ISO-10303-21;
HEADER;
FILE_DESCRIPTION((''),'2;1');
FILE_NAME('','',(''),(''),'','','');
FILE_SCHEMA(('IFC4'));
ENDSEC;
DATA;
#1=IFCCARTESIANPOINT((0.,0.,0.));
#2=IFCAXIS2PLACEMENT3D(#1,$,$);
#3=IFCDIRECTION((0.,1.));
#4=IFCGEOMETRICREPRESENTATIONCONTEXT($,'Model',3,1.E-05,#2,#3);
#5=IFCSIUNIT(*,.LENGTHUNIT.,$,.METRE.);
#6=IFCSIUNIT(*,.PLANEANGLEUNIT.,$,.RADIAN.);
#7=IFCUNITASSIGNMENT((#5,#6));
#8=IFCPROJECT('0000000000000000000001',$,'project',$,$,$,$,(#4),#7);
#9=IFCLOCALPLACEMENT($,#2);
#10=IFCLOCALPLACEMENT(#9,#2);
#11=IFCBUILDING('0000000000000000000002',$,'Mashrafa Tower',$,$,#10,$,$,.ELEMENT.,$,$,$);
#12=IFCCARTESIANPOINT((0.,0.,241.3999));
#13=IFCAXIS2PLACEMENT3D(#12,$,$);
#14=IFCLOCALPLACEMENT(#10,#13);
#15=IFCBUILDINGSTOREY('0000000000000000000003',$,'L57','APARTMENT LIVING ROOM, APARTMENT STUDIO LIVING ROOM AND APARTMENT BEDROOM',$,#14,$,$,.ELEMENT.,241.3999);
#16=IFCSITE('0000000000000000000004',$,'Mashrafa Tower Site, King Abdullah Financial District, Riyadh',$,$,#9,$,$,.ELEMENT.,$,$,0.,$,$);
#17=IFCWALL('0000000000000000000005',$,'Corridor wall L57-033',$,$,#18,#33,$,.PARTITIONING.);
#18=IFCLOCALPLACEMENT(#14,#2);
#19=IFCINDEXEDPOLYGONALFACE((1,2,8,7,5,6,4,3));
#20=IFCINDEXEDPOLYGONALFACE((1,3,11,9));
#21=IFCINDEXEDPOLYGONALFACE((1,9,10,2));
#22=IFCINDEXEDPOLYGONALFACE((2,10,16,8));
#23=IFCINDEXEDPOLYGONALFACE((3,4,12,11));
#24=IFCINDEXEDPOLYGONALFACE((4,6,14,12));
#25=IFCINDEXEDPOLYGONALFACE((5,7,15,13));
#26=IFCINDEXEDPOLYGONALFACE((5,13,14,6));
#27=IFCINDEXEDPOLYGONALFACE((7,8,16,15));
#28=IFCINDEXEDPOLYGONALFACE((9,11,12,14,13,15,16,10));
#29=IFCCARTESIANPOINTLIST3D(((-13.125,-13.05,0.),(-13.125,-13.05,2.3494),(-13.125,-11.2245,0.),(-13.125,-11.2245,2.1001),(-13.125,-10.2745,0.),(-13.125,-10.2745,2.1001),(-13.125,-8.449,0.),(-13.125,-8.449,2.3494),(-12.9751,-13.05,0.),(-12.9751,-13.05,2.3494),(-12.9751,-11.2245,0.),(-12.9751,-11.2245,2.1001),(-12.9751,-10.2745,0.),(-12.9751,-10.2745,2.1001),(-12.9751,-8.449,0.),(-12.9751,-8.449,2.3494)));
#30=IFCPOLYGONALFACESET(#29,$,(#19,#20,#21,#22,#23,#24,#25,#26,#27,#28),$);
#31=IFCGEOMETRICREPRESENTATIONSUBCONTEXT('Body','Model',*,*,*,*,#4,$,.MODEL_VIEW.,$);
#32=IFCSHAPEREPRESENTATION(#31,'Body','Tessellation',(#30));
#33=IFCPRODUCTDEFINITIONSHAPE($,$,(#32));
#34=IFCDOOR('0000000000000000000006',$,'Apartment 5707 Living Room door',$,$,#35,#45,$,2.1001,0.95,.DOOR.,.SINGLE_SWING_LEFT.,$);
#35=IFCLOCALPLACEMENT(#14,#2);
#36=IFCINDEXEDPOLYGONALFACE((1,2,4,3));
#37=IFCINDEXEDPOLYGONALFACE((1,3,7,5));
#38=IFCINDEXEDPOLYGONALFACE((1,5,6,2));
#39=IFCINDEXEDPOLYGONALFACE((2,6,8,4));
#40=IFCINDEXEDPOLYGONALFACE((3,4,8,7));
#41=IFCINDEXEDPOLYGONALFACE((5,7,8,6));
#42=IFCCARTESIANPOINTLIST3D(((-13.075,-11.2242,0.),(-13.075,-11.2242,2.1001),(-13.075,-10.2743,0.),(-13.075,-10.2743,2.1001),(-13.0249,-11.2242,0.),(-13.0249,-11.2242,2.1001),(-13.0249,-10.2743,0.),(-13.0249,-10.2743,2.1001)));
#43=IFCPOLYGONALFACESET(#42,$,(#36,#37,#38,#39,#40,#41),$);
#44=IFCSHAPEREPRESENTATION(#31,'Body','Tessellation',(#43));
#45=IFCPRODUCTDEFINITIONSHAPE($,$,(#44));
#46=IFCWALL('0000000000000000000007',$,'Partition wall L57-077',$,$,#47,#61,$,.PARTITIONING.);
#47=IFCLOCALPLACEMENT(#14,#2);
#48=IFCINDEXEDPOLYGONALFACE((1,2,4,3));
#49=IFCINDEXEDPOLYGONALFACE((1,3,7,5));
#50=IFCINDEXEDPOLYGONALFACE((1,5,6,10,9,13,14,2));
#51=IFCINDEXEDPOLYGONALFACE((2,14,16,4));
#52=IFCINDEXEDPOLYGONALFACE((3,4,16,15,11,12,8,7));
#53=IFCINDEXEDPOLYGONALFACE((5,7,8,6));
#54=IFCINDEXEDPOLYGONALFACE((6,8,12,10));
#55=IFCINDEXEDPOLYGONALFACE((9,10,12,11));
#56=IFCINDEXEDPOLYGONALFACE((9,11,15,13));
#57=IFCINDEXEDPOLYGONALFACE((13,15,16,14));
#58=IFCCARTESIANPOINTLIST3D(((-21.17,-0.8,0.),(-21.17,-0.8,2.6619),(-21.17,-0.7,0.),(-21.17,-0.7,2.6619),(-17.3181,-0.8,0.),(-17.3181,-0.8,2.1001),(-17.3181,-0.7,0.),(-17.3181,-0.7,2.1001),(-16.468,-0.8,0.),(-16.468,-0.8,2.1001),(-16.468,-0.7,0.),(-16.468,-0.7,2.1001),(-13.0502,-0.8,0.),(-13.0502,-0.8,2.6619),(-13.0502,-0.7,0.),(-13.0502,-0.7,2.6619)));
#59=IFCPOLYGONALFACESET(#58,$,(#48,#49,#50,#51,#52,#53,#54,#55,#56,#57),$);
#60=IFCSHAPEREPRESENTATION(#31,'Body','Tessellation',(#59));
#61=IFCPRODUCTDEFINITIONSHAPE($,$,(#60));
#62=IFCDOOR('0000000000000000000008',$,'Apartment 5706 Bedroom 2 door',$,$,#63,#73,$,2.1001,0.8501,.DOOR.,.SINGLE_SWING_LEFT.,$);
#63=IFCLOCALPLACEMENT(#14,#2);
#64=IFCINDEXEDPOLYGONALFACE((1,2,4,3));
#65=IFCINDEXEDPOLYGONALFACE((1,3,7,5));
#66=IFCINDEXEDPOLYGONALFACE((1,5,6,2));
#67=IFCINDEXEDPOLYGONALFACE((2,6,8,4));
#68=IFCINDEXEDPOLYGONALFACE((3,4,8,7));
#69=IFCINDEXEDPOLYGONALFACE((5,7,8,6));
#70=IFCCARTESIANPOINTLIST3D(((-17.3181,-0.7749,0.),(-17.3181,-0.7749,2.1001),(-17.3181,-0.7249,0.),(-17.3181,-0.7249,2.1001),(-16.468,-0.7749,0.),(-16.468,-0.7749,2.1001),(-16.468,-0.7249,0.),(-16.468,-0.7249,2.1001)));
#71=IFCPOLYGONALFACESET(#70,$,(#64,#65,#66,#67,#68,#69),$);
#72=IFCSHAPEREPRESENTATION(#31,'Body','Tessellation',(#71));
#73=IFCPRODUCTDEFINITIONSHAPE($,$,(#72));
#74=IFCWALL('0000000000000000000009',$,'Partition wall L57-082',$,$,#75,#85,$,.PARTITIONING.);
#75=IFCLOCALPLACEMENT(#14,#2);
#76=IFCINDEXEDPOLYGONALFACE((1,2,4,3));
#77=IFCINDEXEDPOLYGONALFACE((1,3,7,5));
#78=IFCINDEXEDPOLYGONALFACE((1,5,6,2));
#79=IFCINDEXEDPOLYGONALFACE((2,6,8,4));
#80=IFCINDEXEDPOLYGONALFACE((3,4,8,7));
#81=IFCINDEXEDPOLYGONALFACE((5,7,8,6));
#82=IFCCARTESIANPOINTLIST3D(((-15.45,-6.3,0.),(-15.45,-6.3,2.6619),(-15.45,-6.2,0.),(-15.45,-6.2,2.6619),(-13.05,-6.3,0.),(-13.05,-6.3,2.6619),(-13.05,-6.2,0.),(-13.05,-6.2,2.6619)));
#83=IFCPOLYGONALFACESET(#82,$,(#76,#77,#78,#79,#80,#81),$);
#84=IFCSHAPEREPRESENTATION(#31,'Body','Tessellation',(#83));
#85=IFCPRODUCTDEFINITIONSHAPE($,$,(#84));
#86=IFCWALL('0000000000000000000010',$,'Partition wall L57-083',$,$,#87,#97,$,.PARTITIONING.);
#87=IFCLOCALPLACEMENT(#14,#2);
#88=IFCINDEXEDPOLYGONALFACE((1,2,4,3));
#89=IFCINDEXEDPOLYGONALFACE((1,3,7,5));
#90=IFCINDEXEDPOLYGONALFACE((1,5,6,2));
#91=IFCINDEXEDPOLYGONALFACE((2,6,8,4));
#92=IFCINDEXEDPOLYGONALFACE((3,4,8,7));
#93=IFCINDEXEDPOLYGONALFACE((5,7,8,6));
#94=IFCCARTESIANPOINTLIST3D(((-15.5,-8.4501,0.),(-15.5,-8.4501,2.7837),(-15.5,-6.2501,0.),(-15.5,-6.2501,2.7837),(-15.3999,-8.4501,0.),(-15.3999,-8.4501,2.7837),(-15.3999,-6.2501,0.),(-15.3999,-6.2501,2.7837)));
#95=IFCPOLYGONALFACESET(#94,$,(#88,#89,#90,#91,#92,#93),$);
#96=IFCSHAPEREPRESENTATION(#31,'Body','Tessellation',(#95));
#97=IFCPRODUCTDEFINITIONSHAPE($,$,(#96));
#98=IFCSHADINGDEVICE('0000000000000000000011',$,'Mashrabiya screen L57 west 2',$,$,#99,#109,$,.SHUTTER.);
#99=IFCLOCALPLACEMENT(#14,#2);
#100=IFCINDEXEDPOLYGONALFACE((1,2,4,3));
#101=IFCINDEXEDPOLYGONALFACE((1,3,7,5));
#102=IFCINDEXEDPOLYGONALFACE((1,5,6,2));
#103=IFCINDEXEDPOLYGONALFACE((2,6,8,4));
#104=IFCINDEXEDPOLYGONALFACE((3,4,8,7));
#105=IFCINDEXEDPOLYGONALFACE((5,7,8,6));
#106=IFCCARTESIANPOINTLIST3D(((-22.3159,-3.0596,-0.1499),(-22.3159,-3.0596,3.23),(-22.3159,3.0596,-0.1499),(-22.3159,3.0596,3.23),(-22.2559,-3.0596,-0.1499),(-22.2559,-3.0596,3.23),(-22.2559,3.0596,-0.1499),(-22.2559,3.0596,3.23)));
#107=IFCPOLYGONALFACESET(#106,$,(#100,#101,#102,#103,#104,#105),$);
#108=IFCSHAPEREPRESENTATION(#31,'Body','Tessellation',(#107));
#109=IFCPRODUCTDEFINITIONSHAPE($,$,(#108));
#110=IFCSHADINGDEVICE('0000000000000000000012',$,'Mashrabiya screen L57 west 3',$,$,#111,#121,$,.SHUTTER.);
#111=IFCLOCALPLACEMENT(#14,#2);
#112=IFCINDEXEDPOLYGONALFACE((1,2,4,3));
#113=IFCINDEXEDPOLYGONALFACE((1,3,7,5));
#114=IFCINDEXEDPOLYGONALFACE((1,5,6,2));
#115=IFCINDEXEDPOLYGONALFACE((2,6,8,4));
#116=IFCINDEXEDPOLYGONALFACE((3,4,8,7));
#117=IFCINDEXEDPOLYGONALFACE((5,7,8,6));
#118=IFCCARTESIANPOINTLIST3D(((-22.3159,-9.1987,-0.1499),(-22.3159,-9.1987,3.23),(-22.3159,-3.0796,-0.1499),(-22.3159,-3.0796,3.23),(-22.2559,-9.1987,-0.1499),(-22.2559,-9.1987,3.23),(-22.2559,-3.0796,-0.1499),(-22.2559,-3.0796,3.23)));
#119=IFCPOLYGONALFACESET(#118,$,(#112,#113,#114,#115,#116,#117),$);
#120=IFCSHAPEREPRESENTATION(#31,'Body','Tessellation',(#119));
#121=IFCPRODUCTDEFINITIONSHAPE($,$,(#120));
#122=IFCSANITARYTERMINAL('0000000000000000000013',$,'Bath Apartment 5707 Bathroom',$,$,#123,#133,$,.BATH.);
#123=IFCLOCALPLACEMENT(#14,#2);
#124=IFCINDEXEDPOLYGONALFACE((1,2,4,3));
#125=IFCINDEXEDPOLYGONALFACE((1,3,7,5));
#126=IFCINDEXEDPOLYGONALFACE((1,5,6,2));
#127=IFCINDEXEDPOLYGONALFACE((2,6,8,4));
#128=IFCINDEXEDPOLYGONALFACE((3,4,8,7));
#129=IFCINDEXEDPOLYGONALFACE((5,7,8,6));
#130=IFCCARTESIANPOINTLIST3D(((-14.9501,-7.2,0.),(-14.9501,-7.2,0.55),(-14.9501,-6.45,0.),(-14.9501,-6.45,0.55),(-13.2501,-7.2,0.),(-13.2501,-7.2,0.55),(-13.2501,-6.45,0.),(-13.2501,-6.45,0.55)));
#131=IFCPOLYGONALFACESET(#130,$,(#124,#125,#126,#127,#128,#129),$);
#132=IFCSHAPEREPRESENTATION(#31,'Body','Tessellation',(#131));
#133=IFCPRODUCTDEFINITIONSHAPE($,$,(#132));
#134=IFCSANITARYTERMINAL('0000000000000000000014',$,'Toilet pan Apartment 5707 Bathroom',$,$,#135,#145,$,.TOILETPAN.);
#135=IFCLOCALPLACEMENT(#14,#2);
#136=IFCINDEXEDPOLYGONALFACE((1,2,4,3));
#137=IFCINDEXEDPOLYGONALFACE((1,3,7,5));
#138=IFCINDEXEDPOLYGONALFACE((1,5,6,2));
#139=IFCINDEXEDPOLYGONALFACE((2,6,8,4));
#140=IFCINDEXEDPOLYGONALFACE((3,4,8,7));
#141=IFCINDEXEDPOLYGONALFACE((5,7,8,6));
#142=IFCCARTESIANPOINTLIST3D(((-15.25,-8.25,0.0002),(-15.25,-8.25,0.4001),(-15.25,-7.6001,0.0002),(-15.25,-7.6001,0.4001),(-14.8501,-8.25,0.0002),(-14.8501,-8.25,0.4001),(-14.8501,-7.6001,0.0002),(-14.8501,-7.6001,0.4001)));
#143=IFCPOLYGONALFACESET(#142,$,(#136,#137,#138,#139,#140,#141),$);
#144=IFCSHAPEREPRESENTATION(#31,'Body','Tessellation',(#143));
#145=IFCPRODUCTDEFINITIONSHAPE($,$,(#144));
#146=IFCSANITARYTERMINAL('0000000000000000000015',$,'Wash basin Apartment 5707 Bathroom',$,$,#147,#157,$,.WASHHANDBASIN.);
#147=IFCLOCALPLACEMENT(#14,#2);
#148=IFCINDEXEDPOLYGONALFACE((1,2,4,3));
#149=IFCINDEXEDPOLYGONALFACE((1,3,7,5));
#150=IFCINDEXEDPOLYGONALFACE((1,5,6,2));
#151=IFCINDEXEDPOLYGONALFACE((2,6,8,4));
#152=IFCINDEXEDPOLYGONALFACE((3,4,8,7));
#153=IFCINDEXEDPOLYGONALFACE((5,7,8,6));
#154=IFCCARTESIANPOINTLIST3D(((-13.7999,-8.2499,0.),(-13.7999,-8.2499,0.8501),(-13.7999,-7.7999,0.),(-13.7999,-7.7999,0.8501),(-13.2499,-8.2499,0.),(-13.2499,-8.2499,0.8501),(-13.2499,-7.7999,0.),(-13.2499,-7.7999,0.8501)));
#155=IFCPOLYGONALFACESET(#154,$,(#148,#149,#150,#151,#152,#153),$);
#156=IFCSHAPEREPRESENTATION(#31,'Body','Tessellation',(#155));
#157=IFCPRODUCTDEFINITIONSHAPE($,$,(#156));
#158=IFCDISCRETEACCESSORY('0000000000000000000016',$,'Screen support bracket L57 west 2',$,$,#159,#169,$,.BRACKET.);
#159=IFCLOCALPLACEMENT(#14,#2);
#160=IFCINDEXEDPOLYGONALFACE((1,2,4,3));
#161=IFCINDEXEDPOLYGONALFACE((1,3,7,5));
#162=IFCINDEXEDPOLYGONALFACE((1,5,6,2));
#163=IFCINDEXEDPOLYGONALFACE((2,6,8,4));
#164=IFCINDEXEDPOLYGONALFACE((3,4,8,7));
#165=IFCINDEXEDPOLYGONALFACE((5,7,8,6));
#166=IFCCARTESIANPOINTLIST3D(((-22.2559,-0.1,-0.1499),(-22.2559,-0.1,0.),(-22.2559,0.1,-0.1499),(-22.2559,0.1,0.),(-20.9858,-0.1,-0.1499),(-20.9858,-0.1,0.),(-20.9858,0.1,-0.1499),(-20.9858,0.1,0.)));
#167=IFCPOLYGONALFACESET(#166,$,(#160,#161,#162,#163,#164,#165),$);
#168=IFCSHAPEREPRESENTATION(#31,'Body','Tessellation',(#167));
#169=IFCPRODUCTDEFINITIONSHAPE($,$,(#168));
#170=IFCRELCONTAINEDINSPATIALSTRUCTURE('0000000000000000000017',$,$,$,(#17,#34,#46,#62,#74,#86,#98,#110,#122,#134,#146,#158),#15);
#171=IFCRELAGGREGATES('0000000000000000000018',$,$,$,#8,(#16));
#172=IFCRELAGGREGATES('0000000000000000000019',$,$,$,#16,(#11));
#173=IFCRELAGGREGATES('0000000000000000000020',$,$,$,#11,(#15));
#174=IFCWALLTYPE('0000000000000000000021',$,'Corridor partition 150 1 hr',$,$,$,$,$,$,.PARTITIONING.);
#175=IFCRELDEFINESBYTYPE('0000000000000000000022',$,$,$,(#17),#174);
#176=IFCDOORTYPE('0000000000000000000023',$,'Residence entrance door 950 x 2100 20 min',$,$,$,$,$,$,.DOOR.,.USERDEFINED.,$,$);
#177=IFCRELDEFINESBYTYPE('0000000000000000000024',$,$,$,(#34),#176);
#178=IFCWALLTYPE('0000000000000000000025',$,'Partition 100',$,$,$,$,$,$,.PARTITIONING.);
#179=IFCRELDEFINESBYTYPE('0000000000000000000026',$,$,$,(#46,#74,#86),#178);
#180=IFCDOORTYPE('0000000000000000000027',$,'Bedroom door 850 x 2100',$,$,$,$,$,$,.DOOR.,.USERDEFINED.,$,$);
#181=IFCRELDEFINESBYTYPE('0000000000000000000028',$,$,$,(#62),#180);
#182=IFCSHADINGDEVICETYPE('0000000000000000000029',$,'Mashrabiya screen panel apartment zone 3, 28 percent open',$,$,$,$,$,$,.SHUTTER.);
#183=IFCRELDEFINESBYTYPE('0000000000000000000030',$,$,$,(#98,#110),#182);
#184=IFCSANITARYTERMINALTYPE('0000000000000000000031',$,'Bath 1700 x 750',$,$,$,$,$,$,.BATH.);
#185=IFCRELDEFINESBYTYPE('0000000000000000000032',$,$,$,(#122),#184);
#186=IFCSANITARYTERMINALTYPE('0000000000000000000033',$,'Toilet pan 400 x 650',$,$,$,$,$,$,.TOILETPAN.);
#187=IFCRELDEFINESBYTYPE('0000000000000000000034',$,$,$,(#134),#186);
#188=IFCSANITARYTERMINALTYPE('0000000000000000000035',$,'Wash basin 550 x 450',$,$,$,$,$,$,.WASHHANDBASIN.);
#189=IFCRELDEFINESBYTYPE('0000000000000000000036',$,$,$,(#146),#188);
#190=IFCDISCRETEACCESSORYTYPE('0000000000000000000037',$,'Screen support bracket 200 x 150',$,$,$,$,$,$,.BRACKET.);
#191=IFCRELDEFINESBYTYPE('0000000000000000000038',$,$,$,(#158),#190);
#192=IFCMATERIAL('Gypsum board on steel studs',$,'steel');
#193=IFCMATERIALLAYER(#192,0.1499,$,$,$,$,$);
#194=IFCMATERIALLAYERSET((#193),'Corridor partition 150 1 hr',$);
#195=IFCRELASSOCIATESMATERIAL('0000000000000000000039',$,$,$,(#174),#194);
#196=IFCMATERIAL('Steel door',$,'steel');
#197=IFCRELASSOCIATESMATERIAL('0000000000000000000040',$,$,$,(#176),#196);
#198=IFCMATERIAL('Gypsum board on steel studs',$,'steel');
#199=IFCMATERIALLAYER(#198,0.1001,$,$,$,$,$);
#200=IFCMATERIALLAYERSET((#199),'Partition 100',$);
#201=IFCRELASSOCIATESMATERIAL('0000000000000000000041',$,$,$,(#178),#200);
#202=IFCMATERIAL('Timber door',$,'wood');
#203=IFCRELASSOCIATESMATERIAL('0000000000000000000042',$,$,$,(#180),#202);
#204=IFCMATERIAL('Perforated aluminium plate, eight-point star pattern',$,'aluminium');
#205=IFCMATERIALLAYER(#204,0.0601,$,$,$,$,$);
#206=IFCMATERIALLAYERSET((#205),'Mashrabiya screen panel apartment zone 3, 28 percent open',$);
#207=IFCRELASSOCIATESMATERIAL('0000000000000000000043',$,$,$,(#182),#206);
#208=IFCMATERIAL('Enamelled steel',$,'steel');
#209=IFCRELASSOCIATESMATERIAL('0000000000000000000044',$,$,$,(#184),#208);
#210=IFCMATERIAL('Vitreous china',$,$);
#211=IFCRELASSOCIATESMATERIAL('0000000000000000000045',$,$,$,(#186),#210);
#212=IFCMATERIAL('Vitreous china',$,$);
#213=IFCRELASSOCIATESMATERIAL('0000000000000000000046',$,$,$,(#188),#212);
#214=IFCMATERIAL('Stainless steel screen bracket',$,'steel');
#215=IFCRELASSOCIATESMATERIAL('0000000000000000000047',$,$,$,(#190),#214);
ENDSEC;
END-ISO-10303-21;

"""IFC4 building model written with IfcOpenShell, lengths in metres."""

from ifc_helpers import new_model, si_unit, direction, frame, frame_2d, origin, origin_2d, place, context, subcontext, project, spatial, rectangle, extrude, source, transform, mapped, material, layer, layer_set, type_object, type_shapes, element, fill, save


model = new_model("IFC4")

# Units and contexts
model_context = context("Model", 3, precision=1e-05, world=origin(), true_north=direction((0.0, 1.0)))
body_context = subcontext(model_context, "Body", "Model", "MODEL_VIEW")
ifc_project = project(units=[si_unit("LENGTHUNIT", "METRE"), si_unit("PLANEANGLEUNIT", "RADIAN")], contexts=[model_context])

# Site, building, storey
site_placement = place(None, origin())
site = spatial("IfcSite", under=ifc_project, at=site_placement, Name="Mashrafa Tower Site, King Abdullah Financial District, Riyadh", CompositionType="ELEMENT", RefElevation=0.0)
building_placement = place(site_placement, origin())
building = spatial("IfcBuilding", under=site, at=building_placement, Name="Mashrafa Tower", CompositionType="ELEMENT")
storey_placement = place(building_placement, frame((0.0, 0.0, 241.3999)))
storey = spatial("IfcBuildingStorey", under=building, at=storey_placement, Name="L57", Description="APARTMENT LIVING ROOM, APARTMENT STUDIO LIVING ROOM AND APARTMENT BEDROOM", CompositionType="ELEMENT", Elevation=241.3999)

# Shared definitions
ifc_material_1 = material(Name="Gypsum board on steel studs", Category="steel")
ifc_layer_1 = layer(ifc_material_1, 0.1499)
ifc_layer_set_1 = layer_set([ifc_layer_1], Name="Corridor partition 150 1 hr")
wall_type_1 = type_object("IfcWallType", Name="Corridor partition 150 1 hr", PredefinedType="PARTITIONING", material=ifc_layer_set_1)

# Walls, openings, doors
wall_1_placement = place(storey_placement, frame((-13.05, -8.449, 0.0), z_axis=(0.0, 0.0, 1.0), x_axis=(0.0, -1.0, 0.0)))
wall_1 = element("IfcWall", 1, at=wall_1_placement, inside=storey, type_object=wall_type_1, Name="Corridor wall L57-033", PredefinedType="PARTITIONING", context=body_context, shape_type="SweptSolid", body=[
    extrude(rectangle(XDim=4.6011, YDim=0.1499, at=frame_2d((2.3005, 0.0))), origin(), (0.0, 0.0, 1.0), 2.3494),
])
opening_1_placement = place(wall_1_placement, frame((1.8254, 0.0, 0.0)))
opening_1 = element("IfcOpeningElement", 2, at=opening_1_placement, cuts=wall_1, PredefinedType="OPENING", context=body_context, shape_type="SweptSolid", body=[
    extrude(rectangle(XDim=0.95, YDim=2.1001, at=frame_2d((0.4751, 1.05))), frame((0.0, 0.085, 0.0), z_axis=(0.0, -1.0, 0.0), x_axis=(1.0, 0.0, 0.0)), (0.0, 0.0, 1.0), 0.1699),
])
ifc_material_2 = material(Name="Steel door", Category="steel")
door_type_1 = type_object("IfcDoorType", Name="Residence entrance door 950 x 2100 20 min", OperationType="USERDEFINED", PredefinedType="DOOR", material=ifc_material_2)
door_1_placement = place(opening_1_placement, frame((0.95, 0.0, 0.0), z_axis=(0.0, 0.0, 1.0), x_axis=(-1.0, 0.0, 0.0)))
door_1 = element("IfcDoor", 3, at=door_1_placement, inside=storey, type_object=door_type_1, Name="Apartment 5707 Living Room door", OperationType="SINGLE_SWING_LEFT", OverallHeight=2.1001, OverallWidth=0.95, PredefinedType="DOOR", context=body_context, shape_type="SweptSolid", body=[
    extrude(rectangle(XDim=0.95, YDim=2.1001, at=frame_2d((0.4751, 1.05))), frame((0.0, 0.0249, 0.0), z_axis=(0.0, -1.0, 0.0), x_axis=(1.0, 0.0, 0.0)), (0.0, 0.0, 1.0), 0.05),
])
fill(opening_1, door_1)
ifc_material_3 = material(Name="Gypsum board on steel studs", Category="steel")
ifc_layer_2 = layer(ifc_material_3, 0.1001)
ifc_layer_set_2 = layer_set([ifc_layer_2], Name="Partition 100")
wall_type_2 = type_object("IfcWallType", Name="Partition 100", PredefinedType="PARTITIONING", material=ifc_layer_set_2)
wall_2_placement = place(storey_placement, frame((-13.05, -0.75, 0.0), z_axis=(0.0, 0.0, 1.0), x_axis=(-1.0, 0.0, 0.0)))
wall_2 = element("IfcWall", 4, at=wall_2_placement, inside=storey, type_object=wall_type_2, Name="Partition wall L57-077", PredefinedType="PARTITIONING", context=body_context, shape_type="SweptSolid", body=[
    extrude(rectangle(XDim=8.1199, YDim=0.1001, at=frame_2d((4.0601, 0.0))), origin(), (0.0, 0.0, 1.0), 2.6619),
])
opening_2_placement = place(wall_2_placement, frame((3.418, 0.0, 0.0)))
opening_2 = element("IfcOpeningElement", 5, at=opening_2_placement, cuts=wall_2, PredefinedType="OPENING", context=body_context, shape_type="SweptSolid", body=[
    extrude(rectangle(XDim=0.8501, YDim=2.1001, at=frame_2d((0.425, 1.05))), frame((0.0, 0.0601, 0.0), z_axis=(0.0, -1.0, 0.0), x_axis=(1.0, 0.0, 0.0)), (0.0, 0.0, 1.0), 0.1201),
])
ifc_material_4 = material(Name="Timber door", Category="wood")
door_type_2 = type_object("IfcDoorType", Name="Bedroom door 850 x 2100", OperationType="USERDEFINED", PredefinedType="DOOR", material=ifc_material_4)
door_2_placement = place(opening_2_placement, origin())
door_2 = element("IfcDoor", 6, at=door_2_placement, inside=storey, type_object=door_type_2, Name="Apartment 5706 Bedroom 2 door", OperationType="SINGLE_SWING_LEFT", OverallHeight=2.1001, OverallWidth=0.8501, PredefinedType="DOOR", context=body_context, shape_type="SweptSolid", body=[
    extrude(rectangle(XDim=0.8501, YDim=2.1001, at=frame_2d((0.425, 1.05))), frame((0.0, 0.0249, 0.0), z_axis=(0.0, -1.0, 0.0), x_axis=(1.0, 0.0, 0.0)), (0.0, 0.0, 1.0), 0.05),
])
fill(opening_2, door_2)

# Walls
wall_3_placement = place(storey_placement, frame((-13.05, -6.25, 0.0), z_axis=(0.0, 0.0, 1.0), x_axis=(-1.0, 0.0, 0.0)))
element("IfcWall", 7, at=wall_3_placement, inside=storey, type_object=wall_type_2, Name="Partition wall L57-082", PredefinedType="PARTITIONING", context=body_context, shape_type="SweptSolid", body=[
    extrude(rectangle(XDim=2.3999, YDim=0.1001, at=frame_2d((1.2, 0.0))), origin(), (0.0, 0.0, 1.0), 2.6619),
])
wall_4_placement = place(storey_placement, frame((-15.45, -6.25, 0.0), z_axis=(0.0, 0.0, 1.0), x_axis=(0.0, -1.0, 0.0)))
element("IfcWall", 8, at=wall_4_placement, inside=storey, type_object=wall_type_2, Name="Partition wall L57-083", PredefinedType="PARTITIONING", context=body_context, shape_type="SweptSolid", body=[
    extrude(rectangle(XDim=2.2, YDim=0.1001, at=frame_2d((1.1001, 0.0))), origin(), (0.0, 0.0, 1.0), 2.7837),
])

# Shading devices
ifc_material_5 = material(Name="Perforated aluminium plate, eight-point star pattern", Category="aluminium")
ifc_layer_3 = layer(ifc_material_5, 0.0601)
ifc_layer_set_3 = layer_set([ifc_layer_3], Name="Mashrabiya screen panel apartment zone 3, 28 percent open")
shading_device_type = type_object("IfcShadingDeviceType", Name="Mashrabiya screen panel apartment zone 3, 28 percent open", PredefinedType="SHUTTER", material=ifc_layer_set_3)
shared_shape_1 = source(origin(), body_context, "Body", "SweptSolid", [
    extrude(rectangle(XDim=6.1191, YDim=0.0601, at=origin_2d()), origin(), (0.0, 0.0, 1.0), 3.3799),
])
type_shapes(shading_device_type, [shared_shape_1])
for number, where, z_axis, x_axis, name in (
    (9, (-22.2859, 0.0, -0.1499), (0.0, 0.0, 1.0), (0.0, -1.0, 0.0), "Mashrabiya screen L57 west 2"),
    (10, (-22.2859, -6.1392, -0.1499), (0.0, 0.0, 1.0), (0.0, -1.0, 0.0), "Mashrabiya screen L57 west 3"),
):
    element("IfcShadingDevice", number, at=place(storey_placement, frame(where, z_axis=z_axis, x_axis=x_axis)), inside=storey, type_object=shading_device_type, Name=name, PredefinedType="SHUTTER", context=body_context, shape_type="MappedRepresentation", body=[
        mapped(shared_shape_1, transform((0.0, 0.0, 0.0))),
    ])

# Sanitary terminals
ifc_material_6 = material(Name="Enamelled steel", Category="steel")
sanitary_terminal_type_1 = type_object("IfcSanitaryTerminalType", Name="Bath 1700 x 750", PredefinedType="BATH", material=ifc_material_6)
sanitary_terminal_1_placement = place(storey_placement, frame((-14.1001, -6.825, 0.0), z_axis=(0.0, 0.0, 1.0), x_axis=(-1.0, 0.0, 0.0)))
element("IfcSanitaryTerminal", 11, at=sanitary_terminal_1_placement, inside=storey, type_object=sanitary_terminal_type_1, Name="Bath Apartment 5707 Bathroom", PredefinedType="BATH", context=body_context, shape_type="SweptSolid", body=[
    extrude(rectangle(XDim=1.7, YDim=0.75, at=origin_2d()), origin(), (0.0, 0.0, 1.0), 0.55),
])
ifc_material_7 = material(Name="Vitreous china")
sanitary_terminal_type_2 = type_object("IfcSanitaryTerminalType", Name="Toilet pan 400 x 650", PredefinedType="TOILETPAN", material=ifc_material_7)
sanitary_terminal_2_placement = place(storey_placement, frame((-15.05, -7.925, 0.0002), z_axis=(0.0, 0.0, 1.0), x_axis=(1.0, 0.0, 0.0)))
element("IfcSanitaryTerminal", 12, at=sanitary_terminal_2_placement, inside=storey, type_object=sanitary_terminal_type_2, Name="Toilet pan Apartment 5707 Bathroom", PredefinedType="TOILETPAN", context=body_context, shape_type="SweptSolid", body=[
    extrude(rectangle(XDim=0.3999, YDim=0.6499, at=origin_2d()), origin(), (0.0, 0.0, 1.0), 0.3999),
])
ifc_material_8 = material(Name="Vitreous china")
sanitary_terminal_type_3 = type_object("IfcSanitaryTerminalType", Name="Wash basin 550 x 450", PredefinedType="WASHHANDBASIN", material=ifc_material_8)
sanitary_terminal_3_placement = place(storey_placement, frame((-13.5249, -8.0249, 0.0), z_axis=(0.0, 0.0, 1.0), x_axis=(1.0, 0.0, 0.0)))
element("IfcSanitaryTerminal", 13, at=sanitary_terminal_3_placement, inside=storey, type_object=sanitary_terminal_type_3, Name="Wash basin Apartment 5707 Bathroom", PredefinedType="WASHHANDBASIN", context=body_context, shape_type="SweptSolid", body=[
    extrude(rectangle(XDim=0.55, YDim=0.45, at=origin_2d()), origin(), (0.0, 0.0, 1.0), 0.8501),
])

# Discrete accessory
ifc_material_9 = material(Name="Stainless steel screen bracket", Category="steel")
discrete_accessory_type = type_object("IfcDiscreteAccessoryType", Name="Screen support bracket 200 x 150", PredefinedType="BRACKET", material=ifc_material_9)
shared_shape_2 = source(origin(), body_context, "Body", "SweptSolid", [
    extrude(rectangle(XDim=0.2, YDim=1.27, at=origin_2d()), origin(), (0.0, 0.0, 1.0), 0.1499),
])
type_shapes(discrete_accessory_type, [shared_shape_2])
for number, where, z_axis, x_axis, name in (
    (14, (-21.6208, 0.0, -0.1499), (0.0, 0.0, 1.0), (0.0, -1.0, 0.0), "Screen support bracket L57 west 2"),
):
    element("IfcDiscreteAccessory", number, at=place(storey_placement, frame(where, z_axis=z_axis, x_axis=x_axis)), inside=storey, type_object=discrete_accessory_type, Name=name, PredefinedType="BRACKET", context=body_context, shape_type="MappedRepresentation", body=[
        mapped(shared_shape_2, transform((0.0, 0.0, 0.0))),
    ])

save(model, "model.ifc")
